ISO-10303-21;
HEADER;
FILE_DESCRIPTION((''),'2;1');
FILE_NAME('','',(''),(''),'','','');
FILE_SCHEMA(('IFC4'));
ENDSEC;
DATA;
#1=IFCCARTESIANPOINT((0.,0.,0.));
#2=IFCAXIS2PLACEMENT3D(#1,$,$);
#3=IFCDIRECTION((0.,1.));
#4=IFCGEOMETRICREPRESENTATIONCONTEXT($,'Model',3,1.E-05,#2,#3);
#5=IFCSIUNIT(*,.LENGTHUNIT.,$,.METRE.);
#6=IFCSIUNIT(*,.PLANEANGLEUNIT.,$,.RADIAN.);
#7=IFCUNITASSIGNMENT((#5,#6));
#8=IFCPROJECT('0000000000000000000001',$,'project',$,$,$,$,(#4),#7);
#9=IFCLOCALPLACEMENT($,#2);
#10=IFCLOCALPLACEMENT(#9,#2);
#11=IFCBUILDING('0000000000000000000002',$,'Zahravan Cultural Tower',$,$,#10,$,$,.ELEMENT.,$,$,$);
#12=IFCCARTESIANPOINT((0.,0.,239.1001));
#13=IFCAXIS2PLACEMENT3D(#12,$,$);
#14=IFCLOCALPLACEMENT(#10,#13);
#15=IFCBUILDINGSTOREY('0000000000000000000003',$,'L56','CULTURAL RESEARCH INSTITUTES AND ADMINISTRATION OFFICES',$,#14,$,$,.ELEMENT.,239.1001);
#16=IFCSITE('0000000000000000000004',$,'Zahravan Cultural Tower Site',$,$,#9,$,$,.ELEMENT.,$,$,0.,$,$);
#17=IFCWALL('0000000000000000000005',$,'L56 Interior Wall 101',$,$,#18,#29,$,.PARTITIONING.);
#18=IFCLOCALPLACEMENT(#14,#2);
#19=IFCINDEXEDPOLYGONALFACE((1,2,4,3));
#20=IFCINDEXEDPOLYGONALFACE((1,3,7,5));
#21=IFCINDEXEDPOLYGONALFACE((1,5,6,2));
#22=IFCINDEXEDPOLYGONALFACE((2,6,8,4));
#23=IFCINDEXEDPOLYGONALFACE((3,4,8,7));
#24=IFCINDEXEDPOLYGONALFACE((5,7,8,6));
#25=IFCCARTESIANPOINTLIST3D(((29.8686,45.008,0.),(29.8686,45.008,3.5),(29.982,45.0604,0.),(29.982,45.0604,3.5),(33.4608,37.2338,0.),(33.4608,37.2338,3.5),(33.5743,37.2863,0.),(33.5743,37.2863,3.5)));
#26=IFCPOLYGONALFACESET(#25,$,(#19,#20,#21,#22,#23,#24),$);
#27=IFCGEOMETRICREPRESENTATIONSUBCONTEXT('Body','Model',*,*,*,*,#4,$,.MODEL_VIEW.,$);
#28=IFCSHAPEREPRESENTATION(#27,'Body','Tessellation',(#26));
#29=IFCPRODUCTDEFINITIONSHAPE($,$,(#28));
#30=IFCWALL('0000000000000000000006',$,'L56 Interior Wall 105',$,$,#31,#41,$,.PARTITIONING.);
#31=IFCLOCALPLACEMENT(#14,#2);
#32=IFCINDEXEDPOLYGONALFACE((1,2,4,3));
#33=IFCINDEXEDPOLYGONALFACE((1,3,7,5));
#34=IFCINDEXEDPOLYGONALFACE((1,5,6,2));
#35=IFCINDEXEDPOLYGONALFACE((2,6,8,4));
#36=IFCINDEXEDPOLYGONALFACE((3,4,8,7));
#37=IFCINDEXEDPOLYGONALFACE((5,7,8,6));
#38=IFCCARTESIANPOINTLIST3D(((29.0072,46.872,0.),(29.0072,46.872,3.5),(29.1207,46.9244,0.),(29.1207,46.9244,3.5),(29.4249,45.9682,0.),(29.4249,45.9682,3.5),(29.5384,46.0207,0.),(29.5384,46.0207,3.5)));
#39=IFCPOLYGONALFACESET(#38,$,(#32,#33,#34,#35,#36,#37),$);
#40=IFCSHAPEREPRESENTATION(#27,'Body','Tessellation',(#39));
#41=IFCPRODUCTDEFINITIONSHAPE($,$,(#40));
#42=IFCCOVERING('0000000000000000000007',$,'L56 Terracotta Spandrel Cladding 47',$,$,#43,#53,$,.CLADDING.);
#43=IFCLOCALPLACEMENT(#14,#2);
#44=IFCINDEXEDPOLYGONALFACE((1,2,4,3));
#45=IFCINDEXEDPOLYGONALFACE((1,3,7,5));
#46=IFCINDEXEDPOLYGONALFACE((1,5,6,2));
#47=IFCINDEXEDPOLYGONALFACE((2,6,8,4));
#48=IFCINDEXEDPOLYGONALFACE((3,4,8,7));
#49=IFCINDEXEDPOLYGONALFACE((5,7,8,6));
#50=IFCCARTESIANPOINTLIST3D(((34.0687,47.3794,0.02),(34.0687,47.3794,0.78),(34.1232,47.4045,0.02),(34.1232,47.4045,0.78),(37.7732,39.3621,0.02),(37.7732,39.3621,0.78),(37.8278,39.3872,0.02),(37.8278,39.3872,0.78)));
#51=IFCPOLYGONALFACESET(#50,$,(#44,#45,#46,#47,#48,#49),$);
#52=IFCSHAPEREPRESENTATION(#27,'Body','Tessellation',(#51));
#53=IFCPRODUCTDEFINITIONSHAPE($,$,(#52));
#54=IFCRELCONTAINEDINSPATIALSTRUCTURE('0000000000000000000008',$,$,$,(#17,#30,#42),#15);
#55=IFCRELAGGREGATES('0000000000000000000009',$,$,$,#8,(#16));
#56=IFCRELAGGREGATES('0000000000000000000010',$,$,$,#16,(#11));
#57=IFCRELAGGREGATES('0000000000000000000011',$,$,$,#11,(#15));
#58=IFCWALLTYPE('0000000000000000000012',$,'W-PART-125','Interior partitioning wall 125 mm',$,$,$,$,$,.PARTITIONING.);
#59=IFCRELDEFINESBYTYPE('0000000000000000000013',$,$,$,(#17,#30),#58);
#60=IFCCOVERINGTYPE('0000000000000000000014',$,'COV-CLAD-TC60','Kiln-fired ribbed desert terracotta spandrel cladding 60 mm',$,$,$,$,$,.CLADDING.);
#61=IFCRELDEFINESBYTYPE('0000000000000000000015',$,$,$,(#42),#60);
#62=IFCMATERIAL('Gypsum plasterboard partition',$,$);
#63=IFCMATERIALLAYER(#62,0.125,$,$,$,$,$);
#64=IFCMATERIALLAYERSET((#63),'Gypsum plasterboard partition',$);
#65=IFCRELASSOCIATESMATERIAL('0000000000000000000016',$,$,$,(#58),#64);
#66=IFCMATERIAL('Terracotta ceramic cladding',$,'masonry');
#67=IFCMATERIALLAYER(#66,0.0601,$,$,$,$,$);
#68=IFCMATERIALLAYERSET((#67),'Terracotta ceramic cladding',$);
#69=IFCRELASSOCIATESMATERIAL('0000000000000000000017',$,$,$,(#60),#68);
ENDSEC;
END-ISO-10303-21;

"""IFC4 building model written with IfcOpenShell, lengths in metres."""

from ifc_helpers import new_model, si_unit, direction, frame, frame_2d, origin, origin_2d, place, context, subcontext, project, spatial, rectangle, extrude, source, transform, mapped, material, layer, layer_set, type_object, element, save


model = new_model("IFC4")

# Units and contexts
model_context = context("Model", 3, precision=1e-05, world=origin(), true_north=direction((0.0, 1.0)))
body_context = subcontext(model_context, "Body", "Model", "MODEL_VIEW")
ifc_project = project(units=[si_unit("LENGTHUNIT", "METRE"), si_unit("PLANEANGLEUNIT", "RADIAN")], contexts=[model_context])

# Site, building, storey
site_placement = place(None, origin())
site = spatial("IfcSite", under=ifc_project, at=site_placement, Name="Zahravan Cultural Tower Site", CompositionType="ELEMENT", RefElevation=0.0)
building_placement = place(site_placement, origin())
building = spatial("IfcBuilding", under=site, at=building_placement, Name="Zahravan Cultural Tower", CompositionType="ELEMENT")
storey_placement = place(building_placement, frame((0.0, 0.0, 239.1001)))
storey = spatial("IfcBuildingStorey", under=building, at=storey_placement, Name="L56", Description="CULTURAL RESEARCH INSTITUTES AND ADMINISTRATION OFFICES", CompositionType="ELEMENT", Elevation=239.1001)

# Walls
ifc_material_1 = material(Name="Gypsum plasterboard partition")
ifc_layer_1 = layer(ifc_material_1, 0.125)
ifc_layer_set_1 = layer_set([ifc_layer_1], Name="Gypsum plasterboard partition")
wall_type_1 = type_object("IfcWallType", Name="W-PART-125", Description="Interior partitioning wall 125 mm", PredefinedType="PARTITIONING", material=ifc_layer_set_1)
shared_shape_1 = source(origin(), body_context, "Body", "SweptSolid", [
    extrude(rectangle(XDim=8.564, YDim=0.125, at=frame_2d((4.282, 0.0))), origin(), (0.0, 0.0, 1.0), 3.5),
])
wall_1_placement = place(storey_placement, frame((29.9253, 45.0342, 0.0), z_axis=(0.0, 0.0, 1.0), x_axis=(0.419463, -0.907772, 0.0)))
element("IfcWall", 1, at=wall_1_placement, inside=storey, type_object=wall_type_1, Name="L56 Interior Wall 101", PredefinedType="PARTITIONING", context=body_context, shape_type="MappedRepresentation", body=[
    mapped(shared_shape_1, transform((0.0, 0.0, 0.0), x_axis=(1.0, 0.0, 0.0), y_axis=(0.0, 1.0, 0.0), z_axis=(0.0, 0.0, 1.0), scale=1.0)),
])
shared_shape_2 = source(origin(), body_context, "Body", "SweptSolid", [
    extrude(rectangle(XDim=0.9956, YDim=0.125, at=frame_2d((0.4978, 0.0))), origin(), (0.0, 0.0, 1.0), 3.5),
])
wall_2_placement = place(storey_placement, frame((29.064, 46.8982, 0.0), z_axis=(0.0, 0.0, 1.0), x_axis=(0.41954, -0.907737, 0.0)))
element("IfcWall", 2, at=wall_2_placement, inside=storey, type_object=wall_type_1, Name="L56 Interior Wall 105", PredefinedType="PARTITIONING", context=body_context, shape_type="MappedRepresentation", body=[
    mapped(shared_shape_2, transform((0.0, 0.0, 0.0), x_axis=(1.0, 0.0, 0.0), y_axis=(0.0, 1.0, 0.0), z_axis=(0.0, 0.0, 1.0), scale=1.0)),
])

# Covering
ifc_material_2 = material(Name="Terracotta ceramic cladding", Category="masonry")
ifc_layer_2 = layer(ifc_material_2, 0.0601)
ifc_layer_set_2 = layer_set([ifc_layer_2], Name="Terracotta ceramic cladding")
covering_type = type_object("IfcCoveringType", Name="COV-CLAD-TC60", Description="Kiln-fired ribbed desert terracotta spandrel cladding 60 mm", PredefinedType="CLADDING", material=ifc_layer_set_2)
shared_shape_3 = source(origin(), body_context, "Body", "SweptSolid", [
    extrude(rectangle(XDim=8.8318, YDim=0.0601, at=origin_2d()), origin(), (0.0, 0.0, 1.0), 0.76),
])
covering_placement = place(storey_placement, frame((35.9482, 43.3833, 0.02), z_axis=(0.0, 0.0, 1.0), x_axis=(0.419452, -0.907777, 0.0)))
element("IfcCovering", 3, at=covering_placement, inside=storey, type_object=covering_type, Name="L56 Terracotta Spandrel Cladding 47", PredefinedType="CLADDING", context=body_context, shape_type="MappedRepresentation", body=[
    mapped(shared_shape_3, transform((0.0, 0.0, 0.0), x_axis=(1.0, 0.0, 0.0), y_axis=(0.0, 1.0, 0.0), z_axis=(0.0, 0.0, 1.0), scale=1.0)),
])

save(model, "model.ifc")
